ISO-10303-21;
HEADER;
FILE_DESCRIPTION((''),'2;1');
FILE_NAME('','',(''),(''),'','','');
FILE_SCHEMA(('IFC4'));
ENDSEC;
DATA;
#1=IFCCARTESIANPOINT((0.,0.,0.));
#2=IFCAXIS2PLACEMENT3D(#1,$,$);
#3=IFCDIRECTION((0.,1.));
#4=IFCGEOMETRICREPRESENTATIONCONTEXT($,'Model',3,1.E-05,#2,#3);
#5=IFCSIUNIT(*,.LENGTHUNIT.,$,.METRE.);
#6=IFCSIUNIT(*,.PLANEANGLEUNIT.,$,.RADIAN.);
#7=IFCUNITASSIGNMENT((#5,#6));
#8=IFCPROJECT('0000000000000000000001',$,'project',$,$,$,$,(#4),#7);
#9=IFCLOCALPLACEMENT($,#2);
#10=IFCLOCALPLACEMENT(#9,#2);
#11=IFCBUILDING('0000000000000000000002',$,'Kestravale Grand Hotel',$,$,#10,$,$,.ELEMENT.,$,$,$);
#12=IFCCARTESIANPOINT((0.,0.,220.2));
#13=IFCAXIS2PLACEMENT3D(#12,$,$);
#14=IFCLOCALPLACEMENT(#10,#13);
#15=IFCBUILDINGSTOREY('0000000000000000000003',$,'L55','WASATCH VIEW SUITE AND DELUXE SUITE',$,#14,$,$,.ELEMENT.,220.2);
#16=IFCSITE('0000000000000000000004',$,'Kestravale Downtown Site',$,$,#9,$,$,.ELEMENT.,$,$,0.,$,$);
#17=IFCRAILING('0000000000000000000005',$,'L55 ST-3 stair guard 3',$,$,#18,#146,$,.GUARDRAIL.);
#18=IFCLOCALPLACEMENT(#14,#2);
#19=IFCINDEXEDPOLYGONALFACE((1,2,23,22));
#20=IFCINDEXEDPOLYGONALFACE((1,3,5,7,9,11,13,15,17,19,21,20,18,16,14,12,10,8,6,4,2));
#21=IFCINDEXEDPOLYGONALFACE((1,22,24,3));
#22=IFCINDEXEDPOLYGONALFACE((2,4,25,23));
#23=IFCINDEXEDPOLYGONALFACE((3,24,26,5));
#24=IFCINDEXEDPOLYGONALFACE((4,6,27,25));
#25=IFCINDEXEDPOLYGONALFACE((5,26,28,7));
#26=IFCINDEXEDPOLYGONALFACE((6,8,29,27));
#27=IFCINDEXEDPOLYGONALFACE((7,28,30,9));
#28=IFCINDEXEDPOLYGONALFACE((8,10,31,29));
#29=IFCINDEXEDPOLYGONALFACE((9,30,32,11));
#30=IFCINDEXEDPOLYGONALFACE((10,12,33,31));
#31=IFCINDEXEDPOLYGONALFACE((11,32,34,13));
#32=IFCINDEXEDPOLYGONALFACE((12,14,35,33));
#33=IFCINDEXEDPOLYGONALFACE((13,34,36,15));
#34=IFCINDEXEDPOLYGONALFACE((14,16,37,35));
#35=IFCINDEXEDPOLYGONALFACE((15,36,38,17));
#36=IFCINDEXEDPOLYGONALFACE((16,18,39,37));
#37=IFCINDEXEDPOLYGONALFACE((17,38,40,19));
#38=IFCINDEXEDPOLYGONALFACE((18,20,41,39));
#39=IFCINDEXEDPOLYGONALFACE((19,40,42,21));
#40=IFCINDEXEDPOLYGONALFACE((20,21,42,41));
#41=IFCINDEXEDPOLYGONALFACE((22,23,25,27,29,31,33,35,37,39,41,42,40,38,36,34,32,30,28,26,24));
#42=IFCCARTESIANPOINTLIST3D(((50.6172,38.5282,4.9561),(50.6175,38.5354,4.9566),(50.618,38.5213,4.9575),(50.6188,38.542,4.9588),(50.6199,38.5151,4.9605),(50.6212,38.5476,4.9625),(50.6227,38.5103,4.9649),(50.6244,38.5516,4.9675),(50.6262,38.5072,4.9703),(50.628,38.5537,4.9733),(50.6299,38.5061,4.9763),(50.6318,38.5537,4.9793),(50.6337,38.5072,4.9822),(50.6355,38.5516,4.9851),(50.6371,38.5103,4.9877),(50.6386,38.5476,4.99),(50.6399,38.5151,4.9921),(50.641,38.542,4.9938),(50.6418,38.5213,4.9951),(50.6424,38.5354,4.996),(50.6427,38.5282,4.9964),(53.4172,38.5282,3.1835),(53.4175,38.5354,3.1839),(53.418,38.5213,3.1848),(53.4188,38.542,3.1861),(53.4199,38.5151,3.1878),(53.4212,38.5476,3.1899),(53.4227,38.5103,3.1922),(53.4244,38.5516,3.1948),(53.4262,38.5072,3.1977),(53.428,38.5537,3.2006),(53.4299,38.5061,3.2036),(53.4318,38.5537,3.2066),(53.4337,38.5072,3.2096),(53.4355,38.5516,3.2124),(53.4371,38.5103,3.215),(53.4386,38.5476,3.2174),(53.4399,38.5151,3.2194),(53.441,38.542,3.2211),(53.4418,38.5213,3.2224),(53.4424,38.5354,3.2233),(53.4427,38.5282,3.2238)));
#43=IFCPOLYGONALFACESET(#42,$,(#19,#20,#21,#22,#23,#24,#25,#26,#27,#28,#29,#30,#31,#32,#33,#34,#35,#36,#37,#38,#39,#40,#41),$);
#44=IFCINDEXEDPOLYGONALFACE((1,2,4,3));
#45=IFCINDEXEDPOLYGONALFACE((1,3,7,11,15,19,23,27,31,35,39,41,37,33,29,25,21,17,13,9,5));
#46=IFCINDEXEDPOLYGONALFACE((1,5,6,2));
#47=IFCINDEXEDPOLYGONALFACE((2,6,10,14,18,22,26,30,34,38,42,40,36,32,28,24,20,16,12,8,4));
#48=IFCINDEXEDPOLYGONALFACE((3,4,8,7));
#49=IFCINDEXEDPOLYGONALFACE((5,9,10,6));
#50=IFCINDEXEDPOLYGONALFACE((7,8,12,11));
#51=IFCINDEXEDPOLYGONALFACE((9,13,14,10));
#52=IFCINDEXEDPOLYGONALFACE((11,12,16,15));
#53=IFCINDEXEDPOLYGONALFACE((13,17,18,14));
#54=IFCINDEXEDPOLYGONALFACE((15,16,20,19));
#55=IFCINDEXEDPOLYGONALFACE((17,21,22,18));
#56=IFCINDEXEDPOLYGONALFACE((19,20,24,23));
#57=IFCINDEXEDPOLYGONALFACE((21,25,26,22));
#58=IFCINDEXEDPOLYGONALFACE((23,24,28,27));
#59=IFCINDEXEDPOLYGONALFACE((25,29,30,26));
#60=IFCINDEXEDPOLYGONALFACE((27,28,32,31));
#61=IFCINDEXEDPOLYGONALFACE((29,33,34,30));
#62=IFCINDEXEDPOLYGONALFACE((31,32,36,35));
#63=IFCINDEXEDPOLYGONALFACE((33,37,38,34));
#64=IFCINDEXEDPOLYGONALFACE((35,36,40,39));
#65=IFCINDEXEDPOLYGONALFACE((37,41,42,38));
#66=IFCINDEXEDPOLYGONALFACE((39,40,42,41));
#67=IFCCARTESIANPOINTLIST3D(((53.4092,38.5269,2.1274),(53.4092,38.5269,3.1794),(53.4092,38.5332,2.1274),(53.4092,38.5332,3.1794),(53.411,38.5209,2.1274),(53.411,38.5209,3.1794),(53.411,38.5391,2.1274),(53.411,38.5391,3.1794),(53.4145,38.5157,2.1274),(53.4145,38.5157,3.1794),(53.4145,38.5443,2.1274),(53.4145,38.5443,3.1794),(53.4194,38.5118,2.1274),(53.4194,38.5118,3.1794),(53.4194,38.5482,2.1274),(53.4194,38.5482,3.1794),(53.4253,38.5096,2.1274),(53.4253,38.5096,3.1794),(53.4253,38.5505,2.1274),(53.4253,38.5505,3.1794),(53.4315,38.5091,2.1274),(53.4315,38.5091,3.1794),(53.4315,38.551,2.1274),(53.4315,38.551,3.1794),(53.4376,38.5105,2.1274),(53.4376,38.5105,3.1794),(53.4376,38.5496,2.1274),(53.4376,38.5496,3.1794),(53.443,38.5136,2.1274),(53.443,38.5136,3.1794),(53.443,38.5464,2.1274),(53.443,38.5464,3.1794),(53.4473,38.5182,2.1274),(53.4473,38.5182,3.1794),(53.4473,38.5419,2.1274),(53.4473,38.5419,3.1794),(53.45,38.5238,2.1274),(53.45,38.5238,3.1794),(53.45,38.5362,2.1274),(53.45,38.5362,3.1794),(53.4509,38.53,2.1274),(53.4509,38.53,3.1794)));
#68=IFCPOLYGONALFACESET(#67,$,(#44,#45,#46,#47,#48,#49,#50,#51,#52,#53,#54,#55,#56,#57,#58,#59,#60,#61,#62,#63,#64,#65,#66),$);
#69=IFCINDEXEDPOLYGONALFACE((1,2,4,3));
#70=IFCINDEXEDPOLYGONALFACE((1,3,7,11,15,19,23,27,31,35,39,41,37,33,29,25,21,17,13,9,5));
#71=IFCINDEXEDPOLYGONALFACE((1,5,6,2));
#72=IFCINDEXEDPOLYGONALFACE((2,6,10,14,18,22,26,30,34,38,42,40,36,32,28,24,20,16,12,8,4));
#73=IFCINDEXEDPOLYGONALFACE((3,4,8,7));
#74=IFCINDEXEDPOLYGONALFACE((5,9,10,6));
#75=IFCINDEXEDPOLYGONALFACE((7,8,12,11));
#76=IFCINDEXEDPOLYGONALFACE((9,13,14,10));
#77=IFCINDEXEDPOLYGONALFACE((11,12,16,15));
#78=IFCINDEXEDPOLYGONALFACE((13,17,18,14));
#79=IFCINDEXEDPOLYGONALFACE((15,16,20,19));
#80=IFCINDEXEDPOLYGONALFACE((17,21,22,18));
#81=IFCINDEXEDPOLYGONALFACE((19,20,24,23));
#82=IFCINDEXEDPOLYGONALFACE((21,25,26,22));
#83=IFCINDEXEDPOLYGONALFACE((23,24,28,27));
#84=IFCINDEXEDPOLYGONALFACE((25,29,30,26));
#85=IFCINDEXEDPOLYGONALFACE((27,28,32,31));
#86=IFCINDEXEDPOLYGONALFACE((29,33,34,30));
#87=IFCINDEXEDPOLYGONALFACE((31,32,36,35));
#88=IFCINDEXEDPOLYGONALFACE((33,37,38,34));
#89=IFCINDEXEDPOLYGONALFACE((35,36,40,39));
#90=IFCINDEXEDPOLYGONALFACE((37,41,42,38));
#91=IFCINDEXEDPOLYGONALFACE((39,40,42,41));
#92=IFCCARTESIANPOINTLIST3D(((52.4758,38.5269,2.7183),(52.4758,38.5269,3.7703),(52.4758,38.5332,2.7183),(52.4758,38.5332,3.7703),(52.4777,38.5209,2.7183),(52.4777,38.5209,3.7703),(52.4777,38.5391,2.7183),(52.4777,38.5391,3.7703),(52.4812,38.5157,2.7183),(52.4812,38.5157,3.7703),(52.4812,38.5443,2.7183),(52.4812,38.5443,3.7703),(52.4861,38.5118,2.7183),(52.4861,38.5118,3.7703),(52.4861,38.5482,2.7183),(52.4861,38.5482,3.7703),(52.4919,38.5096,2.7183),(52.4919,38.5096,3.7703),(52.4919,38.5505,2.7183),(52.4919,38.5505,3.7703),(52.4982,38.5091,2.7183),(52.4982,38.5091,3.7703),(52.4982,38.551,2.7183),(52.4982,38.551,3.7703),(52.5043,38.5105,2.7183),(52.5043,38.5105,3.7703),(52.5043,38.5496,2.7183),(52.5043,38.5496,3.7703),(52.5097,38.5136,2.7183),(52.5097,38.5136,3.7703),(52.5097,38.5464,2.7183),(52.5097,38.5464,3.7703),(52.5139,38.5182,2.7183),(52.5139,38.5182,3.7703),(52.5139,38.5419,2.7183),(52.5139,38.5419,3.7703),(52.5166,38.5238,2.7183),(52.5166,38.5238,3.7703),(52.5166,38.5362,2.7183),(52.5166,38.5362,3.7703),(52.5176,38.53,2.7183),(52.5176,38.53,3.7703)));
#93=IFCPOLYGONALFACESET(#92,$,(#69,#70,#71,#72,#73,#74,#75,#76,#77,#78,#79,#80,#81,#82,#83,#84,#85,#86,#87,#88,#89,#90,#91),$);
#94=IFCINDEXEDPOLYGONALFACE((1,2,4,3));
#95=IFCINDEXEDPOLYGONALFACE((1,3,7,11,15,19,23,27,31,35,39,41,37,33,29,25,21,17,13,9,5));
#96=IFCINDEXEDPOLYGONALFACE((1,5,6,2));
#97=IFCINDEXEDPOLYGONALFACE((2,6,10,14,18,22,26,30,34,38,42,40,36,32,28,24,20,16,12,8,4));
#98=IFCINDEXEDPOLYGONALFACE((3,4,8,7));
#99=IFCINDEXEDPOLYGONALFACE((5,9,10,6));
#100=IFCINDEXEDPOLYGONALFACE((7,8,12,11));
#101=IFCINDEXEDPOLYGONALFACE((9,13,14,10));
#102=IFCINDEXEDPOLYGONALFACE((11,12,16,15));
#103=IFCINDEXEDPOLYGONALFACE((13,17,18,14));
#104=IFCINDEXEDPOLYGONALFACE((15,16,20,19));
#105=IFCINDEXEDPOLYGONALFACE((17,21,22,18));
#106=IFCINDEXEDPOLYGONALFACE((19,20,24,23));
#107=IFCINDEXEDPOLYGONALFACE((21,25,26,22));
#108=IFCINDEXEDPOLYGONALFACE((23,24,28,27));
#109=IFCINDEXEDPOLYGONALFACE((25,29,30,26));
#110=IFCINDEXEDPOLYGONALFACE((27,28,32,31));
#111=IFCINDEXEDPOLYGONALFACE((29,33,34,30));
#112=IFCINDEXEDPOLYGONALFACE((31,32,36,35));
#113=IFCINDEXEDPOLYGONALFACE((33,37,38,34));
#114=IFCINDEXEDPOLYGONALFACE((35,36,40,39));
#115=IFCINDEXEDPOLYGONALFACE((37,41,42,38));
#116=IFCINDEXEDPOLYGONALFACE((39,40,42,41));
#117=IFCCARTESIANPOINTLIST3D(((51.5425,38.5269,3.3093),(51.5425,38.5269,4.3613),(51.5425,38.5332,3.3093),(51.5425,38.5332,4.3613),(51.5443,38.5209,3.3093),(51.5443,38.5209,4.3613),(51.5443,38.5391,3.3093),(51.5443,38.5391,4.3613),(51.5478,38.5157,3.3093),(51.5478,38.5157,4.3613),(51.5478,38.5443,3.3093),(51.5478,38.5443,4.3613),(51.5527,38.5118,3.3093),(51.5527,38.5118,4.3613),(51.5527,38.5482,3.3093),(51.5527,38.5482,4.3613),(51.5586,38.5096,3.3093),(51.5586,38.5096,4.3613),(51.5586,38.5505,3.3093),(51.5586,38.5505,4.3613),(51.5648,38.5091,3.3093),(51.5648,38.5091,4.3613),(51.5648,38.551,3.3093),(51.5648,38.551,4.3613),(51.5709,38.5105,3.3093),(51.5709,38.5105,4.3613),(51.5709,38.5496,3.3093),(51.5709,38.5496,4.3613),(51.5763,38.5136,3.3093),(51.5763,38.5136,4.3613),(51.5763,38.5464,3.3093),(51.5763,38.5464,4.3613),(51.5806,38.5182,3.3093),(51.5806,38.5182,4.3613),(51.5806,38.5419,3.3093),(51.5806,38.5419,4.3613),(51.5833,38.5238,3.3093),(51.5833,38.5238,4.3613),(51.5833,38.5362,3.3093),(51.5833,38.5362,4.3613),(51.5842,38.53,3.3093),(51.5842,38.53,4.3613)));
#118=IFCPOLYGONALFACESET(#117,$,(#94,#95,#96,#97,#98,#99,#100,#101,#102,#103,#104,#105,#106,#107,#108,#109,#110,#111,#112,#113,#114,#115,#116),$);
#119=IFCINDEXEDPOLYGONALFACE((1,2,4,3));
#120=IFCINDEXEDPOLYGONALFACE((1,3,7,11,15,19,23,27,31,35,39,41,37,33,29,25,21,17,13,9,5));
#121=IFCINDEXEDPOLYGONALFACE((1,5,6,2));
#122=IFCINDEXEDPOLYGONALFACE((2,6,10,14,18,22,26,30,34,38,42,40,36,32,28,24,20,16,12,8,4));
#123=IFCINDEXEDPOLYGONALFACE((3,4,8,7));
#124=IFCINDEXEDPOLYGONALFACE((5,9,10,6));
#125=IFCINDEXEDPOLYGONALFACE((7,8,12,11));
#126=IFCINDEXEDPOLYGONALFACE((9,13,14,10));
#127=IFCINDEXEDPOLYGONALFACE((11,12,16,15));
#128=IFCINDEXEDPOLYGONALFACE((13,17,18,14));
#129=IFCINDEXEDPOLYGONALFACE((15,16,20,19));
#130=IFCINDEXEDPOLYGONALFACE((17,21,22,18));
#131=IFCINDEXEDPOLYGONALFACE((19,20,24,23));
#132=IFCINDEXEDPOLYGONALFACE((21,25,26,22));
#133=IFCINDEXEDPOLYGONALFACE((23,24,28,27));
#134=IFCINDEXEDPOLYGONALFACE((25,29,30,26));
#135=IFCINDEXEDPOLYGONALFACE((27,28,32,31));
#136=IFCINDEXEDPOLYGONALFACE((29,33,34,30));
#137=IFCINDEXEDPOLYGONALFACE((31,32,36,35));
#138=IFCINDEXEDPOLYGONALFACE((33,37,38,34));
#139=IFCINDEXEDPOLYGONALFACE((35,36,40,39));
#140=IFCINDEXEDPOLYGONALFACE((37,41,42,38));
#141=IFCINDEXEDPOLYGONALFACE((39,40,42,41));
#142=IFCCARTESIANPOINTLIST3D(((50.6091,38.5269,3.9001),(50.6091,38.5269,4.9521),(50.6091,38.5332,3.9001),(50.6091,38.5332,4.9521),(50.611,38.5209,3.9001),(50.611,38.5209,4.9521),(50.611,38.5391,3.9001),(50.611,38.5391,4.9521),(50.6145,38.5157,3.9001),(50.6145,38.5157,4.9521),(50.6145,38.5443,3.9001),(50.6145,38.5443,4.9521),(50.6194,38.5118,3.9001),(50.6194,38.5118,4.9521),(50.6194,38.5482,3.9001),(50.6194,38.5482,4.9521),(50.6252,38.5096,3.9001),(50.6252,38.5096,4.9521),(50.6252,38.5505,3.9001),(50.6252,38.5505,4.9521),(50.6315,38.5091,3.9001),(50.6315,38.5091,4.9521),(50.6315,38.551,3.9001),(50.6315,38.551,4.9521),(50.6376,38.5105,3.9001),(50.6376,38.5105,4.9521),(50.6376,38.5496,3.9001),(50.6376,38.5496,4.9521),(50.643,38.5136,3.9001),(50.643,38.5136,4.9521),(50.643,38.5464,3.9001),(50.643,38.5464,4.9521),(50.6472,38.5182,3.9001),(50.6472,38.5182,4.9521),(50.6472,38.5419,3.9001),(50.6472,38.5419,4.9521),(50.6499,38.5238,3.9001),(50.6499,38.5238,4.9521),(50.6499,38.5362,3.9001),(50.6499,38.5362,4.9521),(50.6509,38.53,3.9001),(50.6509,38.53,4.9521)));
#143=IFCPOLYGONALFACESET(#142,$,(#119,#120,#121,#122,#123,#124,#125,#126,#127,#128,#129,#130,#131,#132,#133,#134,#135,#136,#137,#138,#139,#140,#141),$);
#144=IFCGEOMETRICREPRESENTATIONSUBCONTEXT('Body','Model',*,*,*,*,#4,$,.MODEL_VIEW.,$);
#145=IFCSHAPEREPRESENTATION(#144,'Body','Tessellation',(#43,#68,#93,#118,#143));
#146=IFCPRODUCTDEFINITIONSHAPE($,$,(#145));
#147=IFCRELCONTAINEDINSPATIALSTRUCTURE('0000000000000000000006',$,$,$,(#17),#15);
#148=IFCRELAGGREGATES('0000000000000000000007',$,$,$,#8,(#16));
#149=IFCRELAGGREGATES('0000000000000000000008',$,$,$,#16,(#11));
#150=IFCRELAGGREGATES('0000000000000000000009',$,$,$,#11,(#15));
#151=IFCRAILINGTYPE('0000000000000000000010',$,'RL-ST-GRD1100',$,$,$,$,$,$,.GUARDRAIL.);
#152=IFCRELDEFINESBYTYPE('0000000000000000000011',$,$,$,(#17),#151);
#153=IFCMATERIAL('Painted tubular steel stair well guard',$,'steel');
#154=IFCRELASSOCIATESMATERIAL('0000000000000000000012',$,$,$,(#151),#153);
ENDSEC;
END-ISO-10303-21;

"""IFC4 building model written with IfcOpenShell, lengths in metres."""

from ifc_helpers import new_model, si_unit, direction, frame, origin, origin_2d, place, context, subcontext, project, spatial, circle, extrude, material, type_object, element, save


model = new_model("IFC4")

# Units and contexts
model_context = context("Model", 3, precision=1e-05, world=origin(), true_north=direction((0.0, 1.0)))
body_context = subcontext(model_context, "Body", "Model", "MODEL_VIEW")
ifc_project = project(units=[si_unit("LENGTHUNIT", "METRE"), si_unit("PLANEANGLEUNIT", "RADIAN")], contexts=[model_context])

# Site, building, storey
site_placement = place(None, origin())
site = spatial("IfcSite", under=ifc_project, at=site_placement, Name="Kestravale Downtown Site", CompositionType="ELEMENT", RefElevation=0.0)
building_placement = place(site_placement, origin())
building = spatial("IfcBuilding", under=site, at=building_placement, Name="Kestravale Grand Hotel", CompositionType="ELEMENT")
storey_placement = place(building_placement, frame((0.0, 0.0, 220.2)))
storey = spatial("IfcBuildingStorey", under=building, at=storey_placement, Name="L55", Description="WASATCH VIEW SUITE AND DELUXE SUITE", CompositionType="ELEMENT", Elevation=220.2)

# Railing
ifc_material_1 = material(Name="Painted tubular steel stair well guard", Category="steel")
railing_type_1 = type_object("IfcRailingType", Name="RL-ST-GRD1100", PredefinedType="GUARDRAIL", material=ifc_material_1)
railing_1_placement = place(storey_placement, frame((53.4299, 38.53, 2.1274)))
element("IfcRailing", 1, at=railing_1_placement, inside=storey, type_object=railing_type_1, Name="L55 ST-3 stair guard 3", PredefinedType="GUARDRAIL", context=body_context, shape_type="SweptSolid", body=[
    extrude(circle(Radius=0.0239, at=origin_2d()), frame((0.0, 0.0, 1.0762), z_axis=(-0.844909, 0.0, 0.53491), x_axis=(0.0, -1.0, 0.0)), (0.0, 0.0, 1.0), 3.314),
    extrude(circle(Radius=0.021, at=origin_2d()), origin(), (0.0, 0.0, 1.0), 1.052),
    extrude(circle(Radius=0.021, at=origin_2d()), frame((-0.9333, 0.0, 0.5908)), (0.0, 0.0, 1.0), 1.052),
    extrude(circle(Radius=0.021, at=origin_2d()), frame((-1.8667, 0.0, 1.1819)), (0.0, 0.0, 1.0), 1.052),
    extrude(circle(Radius=0.021, at=origin_2d()), frame((-2.8, 0.0, 1.7727)), (0.0, 0.0, 1.0), 1.052),
])

save(model, "model.ifc")
